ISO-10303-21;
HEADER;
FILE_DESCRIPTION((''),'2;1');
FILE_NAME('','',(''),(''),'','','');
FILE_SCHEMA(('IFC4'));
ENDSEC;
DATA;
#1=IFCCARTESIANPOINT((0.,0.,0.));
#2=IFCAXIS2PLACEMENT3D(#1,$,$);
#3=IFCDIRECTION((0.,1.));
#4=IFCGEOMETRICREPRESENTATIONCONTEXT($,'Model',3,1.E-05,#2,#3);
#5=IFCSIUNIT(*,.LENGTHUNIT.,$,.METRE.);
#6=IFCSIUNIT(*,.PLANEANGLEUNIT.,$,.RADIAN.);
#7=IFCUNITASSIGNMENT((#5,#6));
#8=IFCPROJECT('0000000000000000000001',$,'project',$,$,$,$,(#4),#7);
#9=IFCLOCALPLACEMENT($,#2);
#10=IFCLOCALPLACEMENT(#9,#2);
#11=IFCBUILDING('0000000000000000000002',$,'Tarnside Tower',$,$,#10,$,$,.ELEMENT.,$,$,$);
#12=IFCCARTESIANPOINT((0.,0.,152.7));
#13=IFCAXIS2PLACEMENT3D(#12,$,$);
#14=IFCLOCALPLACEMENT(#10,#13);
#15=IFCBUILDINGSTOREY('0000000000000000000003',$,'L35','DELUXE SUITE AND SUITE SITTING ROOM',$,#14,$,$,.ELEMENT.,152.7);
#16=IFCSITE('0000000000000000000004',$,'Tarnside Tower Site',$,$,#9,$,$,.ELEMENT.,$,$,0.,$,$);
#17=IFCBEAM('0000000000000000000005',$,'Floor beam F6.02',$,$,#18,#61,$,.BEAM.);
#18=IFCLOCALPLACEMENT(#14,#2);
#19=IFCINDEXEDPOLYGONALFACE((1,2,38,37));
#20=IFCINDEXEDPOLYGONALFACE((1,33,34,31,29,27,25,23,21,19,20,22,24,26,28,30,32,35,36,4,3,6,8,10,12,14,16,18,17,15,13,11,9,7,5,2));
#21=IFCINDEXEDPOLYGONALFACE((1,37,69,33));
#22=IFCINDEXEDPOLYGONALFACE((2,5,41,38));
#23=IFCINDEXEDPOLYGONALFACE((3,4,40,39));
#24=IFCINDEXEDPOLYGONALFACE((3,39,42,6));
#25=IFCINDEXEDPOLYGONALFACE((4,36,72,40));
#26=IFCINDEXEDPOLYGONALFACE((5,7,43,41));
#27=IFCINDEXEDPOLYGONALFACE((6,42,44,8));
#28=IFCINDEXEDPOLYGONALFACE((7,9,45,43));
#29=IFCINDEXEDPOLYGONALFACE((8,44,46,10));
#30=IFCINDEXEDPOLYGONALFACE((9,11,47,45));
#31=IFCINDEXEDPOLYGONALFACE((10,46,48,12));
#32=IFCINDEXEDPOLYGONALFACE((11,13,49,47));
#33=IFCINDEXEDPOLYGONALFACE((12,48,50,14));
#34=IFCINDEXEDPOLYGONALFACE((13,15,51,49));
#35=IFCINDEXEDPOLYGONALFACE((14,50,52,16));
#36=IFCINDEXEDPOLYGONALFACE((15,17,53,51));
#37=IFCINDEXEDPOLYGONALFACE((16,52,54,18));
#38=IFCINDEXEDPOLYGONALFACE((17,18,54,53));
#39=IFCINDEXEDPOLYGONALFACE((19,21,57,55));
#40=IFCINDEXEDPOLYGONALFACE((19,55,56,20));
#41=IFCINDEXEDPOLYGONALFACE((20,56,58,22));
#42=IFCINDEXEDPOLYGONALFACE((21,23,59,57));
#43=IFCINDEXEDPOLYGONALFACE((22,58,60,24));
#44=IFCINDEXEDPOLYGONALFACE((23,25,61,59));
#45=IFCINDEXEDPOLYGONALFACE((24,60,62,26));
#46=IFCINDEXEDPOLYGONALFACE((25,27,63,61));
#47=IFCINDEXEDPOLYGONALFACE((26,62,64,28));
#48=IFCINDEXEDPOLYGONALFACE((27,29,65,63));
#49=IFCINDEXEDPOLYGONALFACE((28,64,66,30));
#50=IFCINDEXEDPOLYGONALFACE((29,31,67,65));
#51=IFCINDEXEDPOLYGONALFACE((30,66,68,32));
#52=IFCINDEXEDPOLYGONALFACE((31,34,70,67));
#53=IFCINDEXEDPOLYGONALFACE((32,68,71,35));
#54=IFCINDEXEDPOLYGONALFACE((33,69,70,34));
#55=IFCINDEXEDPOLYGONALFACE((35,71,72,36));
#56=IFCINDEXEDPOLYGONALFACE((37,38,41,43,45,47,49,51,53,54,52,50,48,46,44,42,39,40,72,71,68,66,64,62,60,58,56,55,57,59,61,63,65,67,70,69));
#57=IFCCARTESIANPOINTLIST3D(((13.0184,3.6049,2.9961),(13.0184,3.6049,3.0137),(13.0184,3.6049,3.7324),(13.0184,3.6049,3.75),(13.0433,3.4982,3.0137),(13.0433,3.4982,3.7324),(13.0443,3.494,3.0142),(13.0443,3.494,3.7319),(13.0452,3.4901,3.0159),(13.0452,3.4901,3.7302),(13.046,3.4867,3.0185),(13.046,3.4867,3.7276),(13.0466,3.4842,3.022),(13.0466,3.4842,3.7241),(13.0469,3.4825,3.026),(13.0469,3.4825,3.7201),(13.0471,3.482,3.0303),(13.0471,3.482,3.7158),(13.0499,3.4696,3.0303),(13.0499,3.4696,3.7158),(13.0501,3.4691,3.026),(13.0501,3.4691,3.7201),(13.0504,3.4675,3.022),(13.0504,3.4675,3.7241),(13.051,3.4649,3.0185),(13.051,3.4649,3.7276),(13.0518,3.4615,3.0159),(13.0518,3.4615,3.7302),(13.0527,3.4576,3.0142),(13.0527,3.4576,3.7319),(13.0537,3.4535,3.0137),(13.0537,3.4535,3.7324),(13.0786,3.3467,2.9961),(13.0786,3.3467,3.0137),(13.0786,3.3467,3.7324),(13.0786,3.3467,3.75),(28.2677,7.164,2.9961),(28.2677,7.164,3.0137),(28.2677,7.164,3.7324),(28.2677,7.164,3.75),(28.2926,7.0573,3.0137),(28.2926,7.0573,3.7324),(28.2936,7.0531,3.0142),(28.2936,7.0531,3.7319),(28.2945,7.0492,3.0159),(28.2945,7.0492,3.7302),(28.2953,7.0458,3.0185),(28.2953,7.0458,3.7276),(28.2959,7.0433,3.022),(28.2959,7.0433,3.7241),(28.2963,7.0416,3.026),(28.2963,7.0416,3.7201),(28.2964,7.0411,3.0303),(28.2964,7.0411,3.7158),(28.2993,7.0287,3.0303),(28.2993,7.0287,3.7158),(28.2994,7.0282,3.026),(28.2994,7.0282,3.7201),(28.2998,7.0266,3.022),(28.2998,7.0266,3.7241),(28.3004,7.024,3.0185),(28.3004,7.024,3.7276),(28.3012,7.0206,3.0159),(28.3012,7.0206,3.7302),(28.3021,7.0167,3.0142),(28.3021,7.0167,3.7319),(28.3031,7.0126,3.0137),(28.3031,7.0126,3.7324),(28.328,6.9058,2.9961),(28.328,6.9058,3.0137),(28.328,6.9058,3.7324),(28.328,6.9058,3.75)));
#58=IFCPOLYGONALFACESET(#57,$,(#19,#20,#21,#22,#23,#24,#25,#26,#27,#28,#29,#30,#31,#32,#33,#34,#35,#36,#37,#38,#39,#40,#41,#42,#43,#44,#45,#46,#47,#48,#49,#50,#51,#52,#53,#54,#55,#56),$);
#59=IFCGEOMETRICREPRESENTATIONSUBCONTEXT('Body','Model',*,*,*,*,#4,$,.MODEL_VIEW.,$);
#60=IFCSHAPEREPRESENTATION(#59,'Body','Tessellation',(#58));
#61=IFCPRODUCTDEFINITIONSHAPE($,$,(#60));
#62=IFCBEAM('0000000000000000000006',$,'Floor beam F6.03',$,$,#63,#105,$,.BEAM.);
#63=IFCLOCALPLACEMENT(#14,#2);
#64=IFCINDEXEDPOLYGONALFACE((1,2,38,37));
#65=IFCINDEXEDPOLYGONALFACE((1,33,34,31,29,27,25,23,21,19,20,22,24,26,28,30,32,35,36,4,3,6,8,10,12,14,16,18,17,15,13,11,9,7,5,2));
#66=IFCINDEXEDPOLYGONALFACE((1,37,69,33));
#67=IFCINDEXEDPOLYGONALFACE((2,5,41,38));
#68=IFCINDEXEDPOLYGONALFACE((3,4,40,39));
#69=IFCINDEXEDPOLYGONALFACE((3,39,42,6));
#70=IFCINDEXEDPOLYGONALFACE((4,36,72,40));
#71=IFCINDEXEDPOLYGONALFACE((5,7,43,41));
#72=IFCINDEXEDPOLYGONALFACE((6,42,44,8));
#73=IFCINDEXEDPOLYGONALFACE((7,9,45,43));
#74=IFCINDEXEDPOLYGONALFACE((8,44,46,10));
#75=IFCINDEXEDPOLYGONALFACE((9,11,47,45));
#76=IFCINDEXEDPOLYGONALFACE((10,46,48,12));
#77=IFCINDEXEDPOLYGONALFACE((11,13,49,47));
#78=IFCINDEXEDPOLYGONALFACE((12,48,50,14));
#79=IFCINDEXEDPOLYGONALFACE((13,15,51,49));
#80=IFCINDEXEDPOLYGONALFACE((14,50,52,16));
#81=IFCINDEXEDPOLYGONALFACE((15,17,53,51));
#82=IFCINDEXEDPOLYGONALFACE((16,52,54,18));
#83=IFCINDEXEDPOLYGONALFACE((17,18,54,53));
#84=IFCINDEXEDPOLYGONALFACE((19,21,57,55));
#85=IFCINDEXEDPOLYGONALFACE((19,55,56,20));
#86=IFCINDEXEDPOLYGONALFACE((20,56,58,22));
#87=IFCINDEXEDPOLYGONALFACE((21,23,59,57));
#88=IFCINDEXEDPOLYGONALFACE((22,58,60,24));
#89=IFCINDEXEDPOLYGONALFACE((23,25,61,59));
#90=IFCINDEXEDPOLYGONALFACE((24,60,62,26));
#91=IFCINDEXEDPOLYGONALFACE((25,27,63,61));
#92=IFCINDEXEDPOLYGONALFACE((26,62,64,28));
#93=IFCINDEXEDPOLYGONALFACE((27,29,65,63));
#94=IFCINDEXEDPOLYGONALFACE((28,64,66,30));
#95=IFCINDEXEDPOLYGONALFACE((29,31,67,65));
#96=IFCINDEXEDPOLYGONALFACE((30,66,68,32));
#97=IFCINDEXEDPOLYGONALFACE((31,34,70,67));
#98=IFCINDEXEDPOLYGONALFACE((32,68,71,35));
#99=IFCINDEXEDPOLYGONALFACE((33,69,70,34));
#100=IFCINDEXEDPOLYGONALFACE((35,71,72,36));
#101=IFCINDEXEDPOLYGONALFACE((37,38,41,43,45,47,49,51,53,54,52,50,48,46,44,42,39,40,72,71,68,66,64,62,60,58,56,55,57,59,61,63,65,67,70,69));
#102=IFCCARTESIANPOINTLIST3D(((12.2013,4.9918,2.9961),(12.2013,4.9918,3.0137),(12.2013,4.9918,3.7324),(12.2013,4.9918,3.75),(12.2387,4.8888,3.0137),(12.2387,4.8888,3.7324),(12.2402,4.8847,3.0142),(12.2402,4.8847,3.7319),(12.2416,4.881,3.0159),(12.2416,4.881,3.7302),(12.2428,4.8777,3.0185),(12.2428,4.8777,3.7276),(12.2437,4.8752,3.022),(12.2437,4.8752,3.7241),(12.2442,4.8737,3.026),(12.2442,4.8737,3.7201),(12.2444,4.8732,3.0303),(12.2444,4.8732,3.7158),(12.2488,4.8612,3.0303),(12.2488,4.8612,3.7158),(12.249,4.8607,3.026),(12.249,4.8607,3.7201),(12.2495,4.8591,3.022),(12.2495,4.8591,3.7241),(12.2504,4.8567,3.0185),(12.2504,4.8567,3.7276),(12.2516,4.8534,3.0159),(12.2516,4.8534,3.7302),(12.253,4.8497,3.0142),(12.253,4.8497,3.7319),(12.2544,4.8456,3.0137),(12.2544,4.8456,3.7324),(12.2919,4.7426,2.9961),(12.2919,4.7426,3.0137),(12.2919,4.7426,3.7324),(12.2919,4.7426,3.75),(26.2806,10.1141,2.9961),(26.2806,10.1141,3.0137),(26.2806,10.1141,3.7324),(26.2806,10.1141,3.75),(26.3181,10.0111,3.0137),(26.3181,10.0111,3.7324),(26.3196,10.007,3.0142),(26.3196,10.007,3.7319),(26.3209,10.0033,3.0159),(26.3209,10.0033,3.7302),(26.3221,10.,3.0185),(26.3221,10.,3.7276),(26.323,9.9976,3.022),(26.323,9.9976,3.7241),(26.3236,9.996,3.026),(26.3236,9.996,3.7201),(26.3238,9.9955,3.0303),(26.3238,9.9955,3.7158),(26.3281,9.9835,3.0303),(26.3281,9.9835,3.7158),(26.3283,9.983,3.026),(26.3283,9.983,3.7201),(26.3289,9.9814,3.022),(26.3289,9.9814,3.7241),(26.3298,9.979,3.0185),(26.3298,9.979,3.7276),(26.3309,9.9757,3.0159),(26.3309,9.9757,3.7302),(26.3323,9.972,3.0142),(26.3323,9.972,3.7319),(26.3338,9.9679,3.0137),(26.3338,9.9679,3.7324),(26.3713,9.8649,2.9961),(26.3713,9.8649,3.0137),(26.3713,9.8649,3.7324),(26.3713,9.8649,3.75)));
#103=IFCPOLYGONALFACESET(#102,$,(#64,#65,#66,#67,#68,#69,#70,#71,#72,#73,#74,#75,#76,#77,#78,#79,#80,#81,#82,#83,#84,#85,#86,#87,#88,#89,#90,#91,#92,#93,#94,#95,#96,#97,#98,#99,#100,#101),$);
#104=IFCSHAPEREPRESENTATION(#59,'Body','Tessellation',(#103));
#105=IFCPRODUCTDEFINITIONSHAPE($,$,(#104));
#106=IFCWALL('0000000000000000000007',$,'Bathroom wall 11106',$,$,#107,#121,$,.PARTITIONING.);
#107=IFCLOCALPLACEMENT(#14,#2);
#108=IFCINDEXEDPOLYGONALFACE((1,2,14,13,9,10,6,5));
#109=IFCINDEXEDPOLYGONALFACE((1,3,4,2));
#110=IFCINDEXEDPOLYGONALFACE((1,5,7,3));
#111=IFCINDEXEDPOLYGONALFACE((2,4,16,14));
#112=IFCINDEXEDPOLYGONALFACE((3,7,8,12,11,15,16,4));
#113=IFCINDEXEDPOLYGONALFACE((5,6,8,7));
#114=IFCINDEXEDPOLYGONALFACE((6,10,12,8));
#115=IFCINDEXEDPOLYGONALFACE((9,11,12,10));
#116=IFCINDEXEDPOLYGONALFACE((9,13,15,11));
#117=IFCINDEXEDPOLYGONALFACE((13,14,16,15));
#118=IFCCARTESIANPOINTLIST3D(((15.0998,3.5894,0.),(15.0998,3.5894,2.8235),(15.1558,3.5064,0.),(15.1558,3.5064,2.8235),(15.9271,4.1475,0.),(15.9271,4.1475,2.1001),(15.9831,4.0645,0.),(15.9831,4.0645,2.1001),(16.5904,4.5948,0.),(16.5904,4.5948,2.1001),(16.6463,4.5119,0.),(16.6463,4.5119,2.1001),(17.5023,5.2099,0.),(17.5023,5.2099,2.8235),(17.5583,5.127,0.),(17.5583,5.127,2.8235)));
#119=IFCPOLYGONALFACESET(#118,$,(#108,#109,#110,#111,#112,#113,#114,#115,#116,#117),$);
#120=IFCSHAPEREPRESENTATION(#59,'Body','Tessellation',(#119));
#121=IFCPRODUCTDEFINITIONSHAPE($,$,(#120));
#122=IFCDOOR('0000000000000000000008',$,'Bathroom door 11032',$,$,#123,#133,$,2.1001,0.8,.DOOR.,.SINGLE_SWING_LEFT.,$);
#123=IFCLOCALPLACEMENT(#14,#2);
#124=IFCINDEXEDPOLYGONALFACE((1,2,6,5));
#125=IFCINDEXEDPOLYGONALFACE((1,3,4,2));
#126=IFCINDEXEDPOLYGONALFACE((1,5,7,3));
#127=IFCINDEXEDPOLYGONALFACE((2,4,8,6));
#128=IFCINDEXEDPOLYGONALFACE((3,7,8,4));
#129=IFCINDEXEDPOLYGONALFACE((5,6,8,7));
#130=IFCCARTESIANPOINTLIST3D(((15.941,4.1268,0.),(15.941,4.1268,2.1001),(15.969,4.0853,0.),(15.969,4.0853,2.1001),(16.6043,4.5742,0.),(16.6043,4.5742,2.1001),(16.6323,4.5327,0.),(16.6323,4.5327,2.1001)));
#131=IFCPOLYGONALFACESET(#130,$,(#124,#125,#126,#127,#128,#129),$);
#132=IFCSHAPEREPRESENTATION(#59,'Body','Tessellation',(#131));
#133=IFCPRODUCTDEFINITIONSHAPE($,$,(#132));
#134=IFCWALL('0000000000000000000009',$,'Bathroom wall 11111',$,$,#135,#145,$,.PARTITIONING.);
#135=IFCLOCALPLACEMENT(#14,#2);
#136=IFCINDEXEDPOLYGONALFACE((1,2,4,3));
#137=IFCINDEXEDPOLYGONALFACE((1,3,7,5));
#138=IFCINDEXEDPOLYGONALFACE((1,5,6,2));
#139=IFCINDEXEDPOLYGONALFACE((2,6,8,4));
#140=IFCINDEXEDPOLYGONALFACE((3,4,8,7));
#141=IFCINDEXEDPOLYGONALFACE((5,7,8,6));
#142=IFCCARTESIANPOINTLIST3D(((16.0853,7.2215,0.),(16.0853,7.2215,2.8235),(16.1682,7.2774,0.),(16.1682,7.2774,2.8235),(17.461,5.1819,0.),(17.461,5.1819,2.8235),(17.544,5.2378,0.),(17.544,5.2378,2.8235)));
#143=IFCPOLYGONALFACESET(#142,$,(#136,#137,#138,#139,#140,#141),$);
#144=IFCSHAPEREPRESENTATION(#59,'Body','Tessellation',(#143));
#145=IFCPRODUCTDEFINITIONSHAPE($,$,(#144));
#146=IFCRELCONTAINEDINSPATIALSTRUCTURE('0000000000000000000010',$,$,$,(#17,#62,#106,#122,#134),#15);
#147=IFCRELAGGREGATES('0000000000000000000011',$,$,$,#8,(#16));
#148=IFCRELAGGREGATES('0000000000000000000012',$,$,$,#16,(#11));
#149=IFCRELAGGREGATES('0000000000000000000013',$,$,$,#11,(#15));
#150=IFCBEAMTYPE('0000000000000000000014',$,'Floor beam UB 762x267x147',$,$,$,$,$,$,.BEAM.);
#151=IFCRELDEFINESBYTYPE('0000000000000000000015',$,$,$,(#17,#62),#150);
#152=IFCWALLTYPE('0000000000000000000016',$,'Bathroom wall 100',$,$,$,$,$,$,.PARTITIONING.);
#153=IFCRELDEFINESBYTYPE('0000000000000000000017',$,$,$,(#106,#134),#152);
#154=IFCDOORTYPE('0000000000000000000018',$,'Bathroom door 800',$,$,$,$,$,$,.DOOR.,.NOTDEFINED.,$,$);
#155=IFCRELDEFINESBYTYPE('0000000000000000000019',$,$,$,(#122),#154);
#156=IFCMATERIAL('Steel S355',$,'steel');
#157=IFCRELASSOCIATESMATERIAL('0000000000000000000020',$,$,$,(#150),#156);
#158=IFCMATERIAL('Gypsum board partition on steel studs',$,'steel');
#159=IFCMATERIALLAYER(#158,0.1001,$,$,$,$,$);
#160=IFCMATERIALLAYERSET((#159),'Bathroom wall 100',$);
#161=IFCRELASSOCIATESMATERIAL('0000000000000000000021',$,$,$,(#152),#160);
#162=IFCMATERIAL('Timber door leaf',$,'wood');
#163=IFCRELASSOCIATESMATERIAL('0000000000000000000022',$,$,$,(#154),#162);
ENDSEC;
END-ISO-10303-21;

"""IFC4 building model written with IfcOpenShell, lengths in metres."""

from ifc_helpers import new_model, si_unit, direction, frame, frame_2d, origin, origin_2d, place, context, subcontext, project, spatial, rectangle, i_section, extrude, material, layer, layer_set, material_profile, profile_set, type_object, element, fill, save


model = new_model("IFC4")

# Units and contexts
model_context = context("Model", 3, precision=1e-05, world=origin(), true_north=direction((0.0, 1.0)))
body_context = subcontext(model_context, "Body", "Model", "MODEL_VIEW")
ifc_project = project(units=[si_unit("LENGTHUNIT", "METRE"), si_unit("PLANEANGLEUNIT", "RADIAN")], contexts=[model_context])

# Site, building, storey
site_placement = place(None, origin())
site = spatial("IfcSite", under=ifc_project, at=site_placement, Name="Tarnside Tower Site", CompositionType="ELEMENT", RefElevation=0.0)
building_placement = place(site_placement, origin())
building = spatial("IfcBuilding", under=site, at=building_placement, Name="Tarnside Tower", CompositionType="ELEMENT")
storey_placement = place(building_placement, frame((0.0, 0.0, 152.7)))
storey = spatial("IfcBuildingStorey", under=building, at=storey_placement, Name="L35", Description="DELUXE SUITE AND SUITE SITTING ROOM", CompositionType="ELEMENT", Elevation=152.7)

# Beams
ifc_material_1 = material(Name="Steel S355", Category="steel")
ifc_material_profile = material_profile(ifc_material_1, i_section(OverallWidth=0.2651, OverallDepth=0.7539, WebThickness=0.0127, FlangeThickness=0.0176, FilletRadius=0.0166, at=origin_2d()), Name="UB 762x267x147")
ifc_profile_set = profile_set([ifc_material_profile], Name="Steel S355")
beam_type = type_object("IfcBeamType", Name="Floor beam UB 762x267x147", PredefinedType="BEAM", material=ifc_profile_set)
beam_1_placement = place(storey_placement, frame((28.2979, 7.0349, 3.373), z_axis=(-0.973828, -0.227285, 0.0), x_axis=(0.227285, -0.973828, 0.0)))
element("IfcBeam", 1, at=beam_1_placement, inside=storey, type_object=beam_type, Name="Floor beam F6.02", PredefinedType="BEAM", context=body_context, shape_type="SweptSolid", body=[
    extrude(i_section(OverallWidth=0.2651, OverallDepth=0.7539, WebThickness=0.0127, FlangeThickness=0.0176, FilletRadius=0.0166, at=origin_2d()), origin(), (0.0, 0.0, 1.0), 15.6592),
])
beam_2_placement = place(storey_placement, frame((26.3259, 9.9895, 3.373), z_axis=(-0.939739, -0.341894, 0.0), x_axis=(0.341894, -0.939739, 0.0)))
element("IfcBeam", 2, at=beam_2_placement, inside=storey, type_object=beam_type, Name="Floor beam F6.03", PredefinedType="BEAM", context=body_context, shape_type="SweptSolid", body=[
    extrude(i_section(OverallWidth=0.2651, OverallDepth=0.7539, WebThickness=0.0127, FlangeThickness=0.0176, FilletRadius=0.0166, at=origin_2d()), origin(), (0.0, 0.0, 1.0), 14.9822),
])

# Wall, opening, door
ifc_material_2 = material(Name="Gypsum board partition on steel studs", Category="steel")
ifc_layer_1 = layer(ifc_material_2, 0.1001)
ifc_layer_set_1 = layer_set([ifc_layer_1], Name="Bathroom wall 100")
wall_type_1 = type_object("IfcWallType", Name="Bathroom wall 100", PredefinedType="PARTITIONING", material=ifc_layer_set_1)
wall_1_placement = place(storey_placement, frame((17.5303, 5.1685, 0.0), z_axis=(0.0, 0.0, 1.0), x_axis=(-0.829031, -0.559202, 0.0)))
wall_1 = element("IfcWall", 3, at=wall_1_placement, inside=storey, type_object=wall_type_1, Name="Bathroom wall 11106", PredefinedType="PARTITIONING", context=body_context, shape_type="SweptSolid", body=[
    extrude(rectangle(XDim=2.8979, YDim=0.1001, at=frame_2d((1.449, 0.0))), origin(), (0.0, 0.0, 1.0), 2.8235),
])
opening_1_placement = place(wall_1_placement, frame((1.1001, 0.0, 0.0)))
opening_1 = element("IfcOpeningElement", 4, at=opening_1_placement, cuts=wall_1, PredefinedType="OPENING", context=body_context, shape_type="SweptSolid", body=[
    extrude(rectangle(XDim=0.8, YDim=2.1001, at=frame_2d((0.3999, 1.05))), frame((0.0, 0.0601, 0.0), z_axis=(0.0, -1.0, 0.0), x_axis=(1.0, 0.0, 0.0)), (0.0, 0.0, 1.0), 0.1201),
])
ifc_material_3 = material(Name="Timber door leaf", Category="wood")
door_type_1 = type_object("IfcDoorType", Name="Bathroom door 800", OperationType="NOTDEFINED", PredefinedType="DOOR", material=ifc_material_3)
door_1_placement = place(opening_1_placement, origin())
door_1 = element("IfcDoor", 5, at=door_1_placement, inside=storey, type_object=door_type_1, Name="Bathroom door 11032", OperationType="SINGLE_SWING_LEFT", OverallHeight=2.1001, OverallWidth=0.8, PredefinedType="DOOR", context=body_context, shape_type="SweptSolid", body=[
    extrude(rectangle(XDim=0.8, YDim=2.1001, at=frame_2d((0.3999, 1.05))), frame((0.0, 0.0249, 0.0), z_axis=(0.0, -1.0, 0.0), x_axis=(1.0, 0.0, 0.0)), (0.0, 0.0, 1.0), 0.05),
])
fill(opening_1, door_1)

# Wall
wall_2_placement = place(storey_placement, frame((17.5024, 5.21, 0.0), z_axis=(0.0, 0.0, 1.0), x_axis=(-0.559204, 0.82903, 0.0)))
element("IfcWall", 6, at=wall_2_placement, inside=storey, type_object=wall_type_1, Name="Bathroom wall 11111", PredefinedType="PARTITIONING", context=body_context, shape_type="SweptSolid", body=[
    extrude(rectangle(XDim=2.4602, YDim=0.1001, at=frame_2d((1.23, 0.0))), origin(), (0.0, 0.0, 1.0), 2.8235),
])

save(model, "model.ifc")
